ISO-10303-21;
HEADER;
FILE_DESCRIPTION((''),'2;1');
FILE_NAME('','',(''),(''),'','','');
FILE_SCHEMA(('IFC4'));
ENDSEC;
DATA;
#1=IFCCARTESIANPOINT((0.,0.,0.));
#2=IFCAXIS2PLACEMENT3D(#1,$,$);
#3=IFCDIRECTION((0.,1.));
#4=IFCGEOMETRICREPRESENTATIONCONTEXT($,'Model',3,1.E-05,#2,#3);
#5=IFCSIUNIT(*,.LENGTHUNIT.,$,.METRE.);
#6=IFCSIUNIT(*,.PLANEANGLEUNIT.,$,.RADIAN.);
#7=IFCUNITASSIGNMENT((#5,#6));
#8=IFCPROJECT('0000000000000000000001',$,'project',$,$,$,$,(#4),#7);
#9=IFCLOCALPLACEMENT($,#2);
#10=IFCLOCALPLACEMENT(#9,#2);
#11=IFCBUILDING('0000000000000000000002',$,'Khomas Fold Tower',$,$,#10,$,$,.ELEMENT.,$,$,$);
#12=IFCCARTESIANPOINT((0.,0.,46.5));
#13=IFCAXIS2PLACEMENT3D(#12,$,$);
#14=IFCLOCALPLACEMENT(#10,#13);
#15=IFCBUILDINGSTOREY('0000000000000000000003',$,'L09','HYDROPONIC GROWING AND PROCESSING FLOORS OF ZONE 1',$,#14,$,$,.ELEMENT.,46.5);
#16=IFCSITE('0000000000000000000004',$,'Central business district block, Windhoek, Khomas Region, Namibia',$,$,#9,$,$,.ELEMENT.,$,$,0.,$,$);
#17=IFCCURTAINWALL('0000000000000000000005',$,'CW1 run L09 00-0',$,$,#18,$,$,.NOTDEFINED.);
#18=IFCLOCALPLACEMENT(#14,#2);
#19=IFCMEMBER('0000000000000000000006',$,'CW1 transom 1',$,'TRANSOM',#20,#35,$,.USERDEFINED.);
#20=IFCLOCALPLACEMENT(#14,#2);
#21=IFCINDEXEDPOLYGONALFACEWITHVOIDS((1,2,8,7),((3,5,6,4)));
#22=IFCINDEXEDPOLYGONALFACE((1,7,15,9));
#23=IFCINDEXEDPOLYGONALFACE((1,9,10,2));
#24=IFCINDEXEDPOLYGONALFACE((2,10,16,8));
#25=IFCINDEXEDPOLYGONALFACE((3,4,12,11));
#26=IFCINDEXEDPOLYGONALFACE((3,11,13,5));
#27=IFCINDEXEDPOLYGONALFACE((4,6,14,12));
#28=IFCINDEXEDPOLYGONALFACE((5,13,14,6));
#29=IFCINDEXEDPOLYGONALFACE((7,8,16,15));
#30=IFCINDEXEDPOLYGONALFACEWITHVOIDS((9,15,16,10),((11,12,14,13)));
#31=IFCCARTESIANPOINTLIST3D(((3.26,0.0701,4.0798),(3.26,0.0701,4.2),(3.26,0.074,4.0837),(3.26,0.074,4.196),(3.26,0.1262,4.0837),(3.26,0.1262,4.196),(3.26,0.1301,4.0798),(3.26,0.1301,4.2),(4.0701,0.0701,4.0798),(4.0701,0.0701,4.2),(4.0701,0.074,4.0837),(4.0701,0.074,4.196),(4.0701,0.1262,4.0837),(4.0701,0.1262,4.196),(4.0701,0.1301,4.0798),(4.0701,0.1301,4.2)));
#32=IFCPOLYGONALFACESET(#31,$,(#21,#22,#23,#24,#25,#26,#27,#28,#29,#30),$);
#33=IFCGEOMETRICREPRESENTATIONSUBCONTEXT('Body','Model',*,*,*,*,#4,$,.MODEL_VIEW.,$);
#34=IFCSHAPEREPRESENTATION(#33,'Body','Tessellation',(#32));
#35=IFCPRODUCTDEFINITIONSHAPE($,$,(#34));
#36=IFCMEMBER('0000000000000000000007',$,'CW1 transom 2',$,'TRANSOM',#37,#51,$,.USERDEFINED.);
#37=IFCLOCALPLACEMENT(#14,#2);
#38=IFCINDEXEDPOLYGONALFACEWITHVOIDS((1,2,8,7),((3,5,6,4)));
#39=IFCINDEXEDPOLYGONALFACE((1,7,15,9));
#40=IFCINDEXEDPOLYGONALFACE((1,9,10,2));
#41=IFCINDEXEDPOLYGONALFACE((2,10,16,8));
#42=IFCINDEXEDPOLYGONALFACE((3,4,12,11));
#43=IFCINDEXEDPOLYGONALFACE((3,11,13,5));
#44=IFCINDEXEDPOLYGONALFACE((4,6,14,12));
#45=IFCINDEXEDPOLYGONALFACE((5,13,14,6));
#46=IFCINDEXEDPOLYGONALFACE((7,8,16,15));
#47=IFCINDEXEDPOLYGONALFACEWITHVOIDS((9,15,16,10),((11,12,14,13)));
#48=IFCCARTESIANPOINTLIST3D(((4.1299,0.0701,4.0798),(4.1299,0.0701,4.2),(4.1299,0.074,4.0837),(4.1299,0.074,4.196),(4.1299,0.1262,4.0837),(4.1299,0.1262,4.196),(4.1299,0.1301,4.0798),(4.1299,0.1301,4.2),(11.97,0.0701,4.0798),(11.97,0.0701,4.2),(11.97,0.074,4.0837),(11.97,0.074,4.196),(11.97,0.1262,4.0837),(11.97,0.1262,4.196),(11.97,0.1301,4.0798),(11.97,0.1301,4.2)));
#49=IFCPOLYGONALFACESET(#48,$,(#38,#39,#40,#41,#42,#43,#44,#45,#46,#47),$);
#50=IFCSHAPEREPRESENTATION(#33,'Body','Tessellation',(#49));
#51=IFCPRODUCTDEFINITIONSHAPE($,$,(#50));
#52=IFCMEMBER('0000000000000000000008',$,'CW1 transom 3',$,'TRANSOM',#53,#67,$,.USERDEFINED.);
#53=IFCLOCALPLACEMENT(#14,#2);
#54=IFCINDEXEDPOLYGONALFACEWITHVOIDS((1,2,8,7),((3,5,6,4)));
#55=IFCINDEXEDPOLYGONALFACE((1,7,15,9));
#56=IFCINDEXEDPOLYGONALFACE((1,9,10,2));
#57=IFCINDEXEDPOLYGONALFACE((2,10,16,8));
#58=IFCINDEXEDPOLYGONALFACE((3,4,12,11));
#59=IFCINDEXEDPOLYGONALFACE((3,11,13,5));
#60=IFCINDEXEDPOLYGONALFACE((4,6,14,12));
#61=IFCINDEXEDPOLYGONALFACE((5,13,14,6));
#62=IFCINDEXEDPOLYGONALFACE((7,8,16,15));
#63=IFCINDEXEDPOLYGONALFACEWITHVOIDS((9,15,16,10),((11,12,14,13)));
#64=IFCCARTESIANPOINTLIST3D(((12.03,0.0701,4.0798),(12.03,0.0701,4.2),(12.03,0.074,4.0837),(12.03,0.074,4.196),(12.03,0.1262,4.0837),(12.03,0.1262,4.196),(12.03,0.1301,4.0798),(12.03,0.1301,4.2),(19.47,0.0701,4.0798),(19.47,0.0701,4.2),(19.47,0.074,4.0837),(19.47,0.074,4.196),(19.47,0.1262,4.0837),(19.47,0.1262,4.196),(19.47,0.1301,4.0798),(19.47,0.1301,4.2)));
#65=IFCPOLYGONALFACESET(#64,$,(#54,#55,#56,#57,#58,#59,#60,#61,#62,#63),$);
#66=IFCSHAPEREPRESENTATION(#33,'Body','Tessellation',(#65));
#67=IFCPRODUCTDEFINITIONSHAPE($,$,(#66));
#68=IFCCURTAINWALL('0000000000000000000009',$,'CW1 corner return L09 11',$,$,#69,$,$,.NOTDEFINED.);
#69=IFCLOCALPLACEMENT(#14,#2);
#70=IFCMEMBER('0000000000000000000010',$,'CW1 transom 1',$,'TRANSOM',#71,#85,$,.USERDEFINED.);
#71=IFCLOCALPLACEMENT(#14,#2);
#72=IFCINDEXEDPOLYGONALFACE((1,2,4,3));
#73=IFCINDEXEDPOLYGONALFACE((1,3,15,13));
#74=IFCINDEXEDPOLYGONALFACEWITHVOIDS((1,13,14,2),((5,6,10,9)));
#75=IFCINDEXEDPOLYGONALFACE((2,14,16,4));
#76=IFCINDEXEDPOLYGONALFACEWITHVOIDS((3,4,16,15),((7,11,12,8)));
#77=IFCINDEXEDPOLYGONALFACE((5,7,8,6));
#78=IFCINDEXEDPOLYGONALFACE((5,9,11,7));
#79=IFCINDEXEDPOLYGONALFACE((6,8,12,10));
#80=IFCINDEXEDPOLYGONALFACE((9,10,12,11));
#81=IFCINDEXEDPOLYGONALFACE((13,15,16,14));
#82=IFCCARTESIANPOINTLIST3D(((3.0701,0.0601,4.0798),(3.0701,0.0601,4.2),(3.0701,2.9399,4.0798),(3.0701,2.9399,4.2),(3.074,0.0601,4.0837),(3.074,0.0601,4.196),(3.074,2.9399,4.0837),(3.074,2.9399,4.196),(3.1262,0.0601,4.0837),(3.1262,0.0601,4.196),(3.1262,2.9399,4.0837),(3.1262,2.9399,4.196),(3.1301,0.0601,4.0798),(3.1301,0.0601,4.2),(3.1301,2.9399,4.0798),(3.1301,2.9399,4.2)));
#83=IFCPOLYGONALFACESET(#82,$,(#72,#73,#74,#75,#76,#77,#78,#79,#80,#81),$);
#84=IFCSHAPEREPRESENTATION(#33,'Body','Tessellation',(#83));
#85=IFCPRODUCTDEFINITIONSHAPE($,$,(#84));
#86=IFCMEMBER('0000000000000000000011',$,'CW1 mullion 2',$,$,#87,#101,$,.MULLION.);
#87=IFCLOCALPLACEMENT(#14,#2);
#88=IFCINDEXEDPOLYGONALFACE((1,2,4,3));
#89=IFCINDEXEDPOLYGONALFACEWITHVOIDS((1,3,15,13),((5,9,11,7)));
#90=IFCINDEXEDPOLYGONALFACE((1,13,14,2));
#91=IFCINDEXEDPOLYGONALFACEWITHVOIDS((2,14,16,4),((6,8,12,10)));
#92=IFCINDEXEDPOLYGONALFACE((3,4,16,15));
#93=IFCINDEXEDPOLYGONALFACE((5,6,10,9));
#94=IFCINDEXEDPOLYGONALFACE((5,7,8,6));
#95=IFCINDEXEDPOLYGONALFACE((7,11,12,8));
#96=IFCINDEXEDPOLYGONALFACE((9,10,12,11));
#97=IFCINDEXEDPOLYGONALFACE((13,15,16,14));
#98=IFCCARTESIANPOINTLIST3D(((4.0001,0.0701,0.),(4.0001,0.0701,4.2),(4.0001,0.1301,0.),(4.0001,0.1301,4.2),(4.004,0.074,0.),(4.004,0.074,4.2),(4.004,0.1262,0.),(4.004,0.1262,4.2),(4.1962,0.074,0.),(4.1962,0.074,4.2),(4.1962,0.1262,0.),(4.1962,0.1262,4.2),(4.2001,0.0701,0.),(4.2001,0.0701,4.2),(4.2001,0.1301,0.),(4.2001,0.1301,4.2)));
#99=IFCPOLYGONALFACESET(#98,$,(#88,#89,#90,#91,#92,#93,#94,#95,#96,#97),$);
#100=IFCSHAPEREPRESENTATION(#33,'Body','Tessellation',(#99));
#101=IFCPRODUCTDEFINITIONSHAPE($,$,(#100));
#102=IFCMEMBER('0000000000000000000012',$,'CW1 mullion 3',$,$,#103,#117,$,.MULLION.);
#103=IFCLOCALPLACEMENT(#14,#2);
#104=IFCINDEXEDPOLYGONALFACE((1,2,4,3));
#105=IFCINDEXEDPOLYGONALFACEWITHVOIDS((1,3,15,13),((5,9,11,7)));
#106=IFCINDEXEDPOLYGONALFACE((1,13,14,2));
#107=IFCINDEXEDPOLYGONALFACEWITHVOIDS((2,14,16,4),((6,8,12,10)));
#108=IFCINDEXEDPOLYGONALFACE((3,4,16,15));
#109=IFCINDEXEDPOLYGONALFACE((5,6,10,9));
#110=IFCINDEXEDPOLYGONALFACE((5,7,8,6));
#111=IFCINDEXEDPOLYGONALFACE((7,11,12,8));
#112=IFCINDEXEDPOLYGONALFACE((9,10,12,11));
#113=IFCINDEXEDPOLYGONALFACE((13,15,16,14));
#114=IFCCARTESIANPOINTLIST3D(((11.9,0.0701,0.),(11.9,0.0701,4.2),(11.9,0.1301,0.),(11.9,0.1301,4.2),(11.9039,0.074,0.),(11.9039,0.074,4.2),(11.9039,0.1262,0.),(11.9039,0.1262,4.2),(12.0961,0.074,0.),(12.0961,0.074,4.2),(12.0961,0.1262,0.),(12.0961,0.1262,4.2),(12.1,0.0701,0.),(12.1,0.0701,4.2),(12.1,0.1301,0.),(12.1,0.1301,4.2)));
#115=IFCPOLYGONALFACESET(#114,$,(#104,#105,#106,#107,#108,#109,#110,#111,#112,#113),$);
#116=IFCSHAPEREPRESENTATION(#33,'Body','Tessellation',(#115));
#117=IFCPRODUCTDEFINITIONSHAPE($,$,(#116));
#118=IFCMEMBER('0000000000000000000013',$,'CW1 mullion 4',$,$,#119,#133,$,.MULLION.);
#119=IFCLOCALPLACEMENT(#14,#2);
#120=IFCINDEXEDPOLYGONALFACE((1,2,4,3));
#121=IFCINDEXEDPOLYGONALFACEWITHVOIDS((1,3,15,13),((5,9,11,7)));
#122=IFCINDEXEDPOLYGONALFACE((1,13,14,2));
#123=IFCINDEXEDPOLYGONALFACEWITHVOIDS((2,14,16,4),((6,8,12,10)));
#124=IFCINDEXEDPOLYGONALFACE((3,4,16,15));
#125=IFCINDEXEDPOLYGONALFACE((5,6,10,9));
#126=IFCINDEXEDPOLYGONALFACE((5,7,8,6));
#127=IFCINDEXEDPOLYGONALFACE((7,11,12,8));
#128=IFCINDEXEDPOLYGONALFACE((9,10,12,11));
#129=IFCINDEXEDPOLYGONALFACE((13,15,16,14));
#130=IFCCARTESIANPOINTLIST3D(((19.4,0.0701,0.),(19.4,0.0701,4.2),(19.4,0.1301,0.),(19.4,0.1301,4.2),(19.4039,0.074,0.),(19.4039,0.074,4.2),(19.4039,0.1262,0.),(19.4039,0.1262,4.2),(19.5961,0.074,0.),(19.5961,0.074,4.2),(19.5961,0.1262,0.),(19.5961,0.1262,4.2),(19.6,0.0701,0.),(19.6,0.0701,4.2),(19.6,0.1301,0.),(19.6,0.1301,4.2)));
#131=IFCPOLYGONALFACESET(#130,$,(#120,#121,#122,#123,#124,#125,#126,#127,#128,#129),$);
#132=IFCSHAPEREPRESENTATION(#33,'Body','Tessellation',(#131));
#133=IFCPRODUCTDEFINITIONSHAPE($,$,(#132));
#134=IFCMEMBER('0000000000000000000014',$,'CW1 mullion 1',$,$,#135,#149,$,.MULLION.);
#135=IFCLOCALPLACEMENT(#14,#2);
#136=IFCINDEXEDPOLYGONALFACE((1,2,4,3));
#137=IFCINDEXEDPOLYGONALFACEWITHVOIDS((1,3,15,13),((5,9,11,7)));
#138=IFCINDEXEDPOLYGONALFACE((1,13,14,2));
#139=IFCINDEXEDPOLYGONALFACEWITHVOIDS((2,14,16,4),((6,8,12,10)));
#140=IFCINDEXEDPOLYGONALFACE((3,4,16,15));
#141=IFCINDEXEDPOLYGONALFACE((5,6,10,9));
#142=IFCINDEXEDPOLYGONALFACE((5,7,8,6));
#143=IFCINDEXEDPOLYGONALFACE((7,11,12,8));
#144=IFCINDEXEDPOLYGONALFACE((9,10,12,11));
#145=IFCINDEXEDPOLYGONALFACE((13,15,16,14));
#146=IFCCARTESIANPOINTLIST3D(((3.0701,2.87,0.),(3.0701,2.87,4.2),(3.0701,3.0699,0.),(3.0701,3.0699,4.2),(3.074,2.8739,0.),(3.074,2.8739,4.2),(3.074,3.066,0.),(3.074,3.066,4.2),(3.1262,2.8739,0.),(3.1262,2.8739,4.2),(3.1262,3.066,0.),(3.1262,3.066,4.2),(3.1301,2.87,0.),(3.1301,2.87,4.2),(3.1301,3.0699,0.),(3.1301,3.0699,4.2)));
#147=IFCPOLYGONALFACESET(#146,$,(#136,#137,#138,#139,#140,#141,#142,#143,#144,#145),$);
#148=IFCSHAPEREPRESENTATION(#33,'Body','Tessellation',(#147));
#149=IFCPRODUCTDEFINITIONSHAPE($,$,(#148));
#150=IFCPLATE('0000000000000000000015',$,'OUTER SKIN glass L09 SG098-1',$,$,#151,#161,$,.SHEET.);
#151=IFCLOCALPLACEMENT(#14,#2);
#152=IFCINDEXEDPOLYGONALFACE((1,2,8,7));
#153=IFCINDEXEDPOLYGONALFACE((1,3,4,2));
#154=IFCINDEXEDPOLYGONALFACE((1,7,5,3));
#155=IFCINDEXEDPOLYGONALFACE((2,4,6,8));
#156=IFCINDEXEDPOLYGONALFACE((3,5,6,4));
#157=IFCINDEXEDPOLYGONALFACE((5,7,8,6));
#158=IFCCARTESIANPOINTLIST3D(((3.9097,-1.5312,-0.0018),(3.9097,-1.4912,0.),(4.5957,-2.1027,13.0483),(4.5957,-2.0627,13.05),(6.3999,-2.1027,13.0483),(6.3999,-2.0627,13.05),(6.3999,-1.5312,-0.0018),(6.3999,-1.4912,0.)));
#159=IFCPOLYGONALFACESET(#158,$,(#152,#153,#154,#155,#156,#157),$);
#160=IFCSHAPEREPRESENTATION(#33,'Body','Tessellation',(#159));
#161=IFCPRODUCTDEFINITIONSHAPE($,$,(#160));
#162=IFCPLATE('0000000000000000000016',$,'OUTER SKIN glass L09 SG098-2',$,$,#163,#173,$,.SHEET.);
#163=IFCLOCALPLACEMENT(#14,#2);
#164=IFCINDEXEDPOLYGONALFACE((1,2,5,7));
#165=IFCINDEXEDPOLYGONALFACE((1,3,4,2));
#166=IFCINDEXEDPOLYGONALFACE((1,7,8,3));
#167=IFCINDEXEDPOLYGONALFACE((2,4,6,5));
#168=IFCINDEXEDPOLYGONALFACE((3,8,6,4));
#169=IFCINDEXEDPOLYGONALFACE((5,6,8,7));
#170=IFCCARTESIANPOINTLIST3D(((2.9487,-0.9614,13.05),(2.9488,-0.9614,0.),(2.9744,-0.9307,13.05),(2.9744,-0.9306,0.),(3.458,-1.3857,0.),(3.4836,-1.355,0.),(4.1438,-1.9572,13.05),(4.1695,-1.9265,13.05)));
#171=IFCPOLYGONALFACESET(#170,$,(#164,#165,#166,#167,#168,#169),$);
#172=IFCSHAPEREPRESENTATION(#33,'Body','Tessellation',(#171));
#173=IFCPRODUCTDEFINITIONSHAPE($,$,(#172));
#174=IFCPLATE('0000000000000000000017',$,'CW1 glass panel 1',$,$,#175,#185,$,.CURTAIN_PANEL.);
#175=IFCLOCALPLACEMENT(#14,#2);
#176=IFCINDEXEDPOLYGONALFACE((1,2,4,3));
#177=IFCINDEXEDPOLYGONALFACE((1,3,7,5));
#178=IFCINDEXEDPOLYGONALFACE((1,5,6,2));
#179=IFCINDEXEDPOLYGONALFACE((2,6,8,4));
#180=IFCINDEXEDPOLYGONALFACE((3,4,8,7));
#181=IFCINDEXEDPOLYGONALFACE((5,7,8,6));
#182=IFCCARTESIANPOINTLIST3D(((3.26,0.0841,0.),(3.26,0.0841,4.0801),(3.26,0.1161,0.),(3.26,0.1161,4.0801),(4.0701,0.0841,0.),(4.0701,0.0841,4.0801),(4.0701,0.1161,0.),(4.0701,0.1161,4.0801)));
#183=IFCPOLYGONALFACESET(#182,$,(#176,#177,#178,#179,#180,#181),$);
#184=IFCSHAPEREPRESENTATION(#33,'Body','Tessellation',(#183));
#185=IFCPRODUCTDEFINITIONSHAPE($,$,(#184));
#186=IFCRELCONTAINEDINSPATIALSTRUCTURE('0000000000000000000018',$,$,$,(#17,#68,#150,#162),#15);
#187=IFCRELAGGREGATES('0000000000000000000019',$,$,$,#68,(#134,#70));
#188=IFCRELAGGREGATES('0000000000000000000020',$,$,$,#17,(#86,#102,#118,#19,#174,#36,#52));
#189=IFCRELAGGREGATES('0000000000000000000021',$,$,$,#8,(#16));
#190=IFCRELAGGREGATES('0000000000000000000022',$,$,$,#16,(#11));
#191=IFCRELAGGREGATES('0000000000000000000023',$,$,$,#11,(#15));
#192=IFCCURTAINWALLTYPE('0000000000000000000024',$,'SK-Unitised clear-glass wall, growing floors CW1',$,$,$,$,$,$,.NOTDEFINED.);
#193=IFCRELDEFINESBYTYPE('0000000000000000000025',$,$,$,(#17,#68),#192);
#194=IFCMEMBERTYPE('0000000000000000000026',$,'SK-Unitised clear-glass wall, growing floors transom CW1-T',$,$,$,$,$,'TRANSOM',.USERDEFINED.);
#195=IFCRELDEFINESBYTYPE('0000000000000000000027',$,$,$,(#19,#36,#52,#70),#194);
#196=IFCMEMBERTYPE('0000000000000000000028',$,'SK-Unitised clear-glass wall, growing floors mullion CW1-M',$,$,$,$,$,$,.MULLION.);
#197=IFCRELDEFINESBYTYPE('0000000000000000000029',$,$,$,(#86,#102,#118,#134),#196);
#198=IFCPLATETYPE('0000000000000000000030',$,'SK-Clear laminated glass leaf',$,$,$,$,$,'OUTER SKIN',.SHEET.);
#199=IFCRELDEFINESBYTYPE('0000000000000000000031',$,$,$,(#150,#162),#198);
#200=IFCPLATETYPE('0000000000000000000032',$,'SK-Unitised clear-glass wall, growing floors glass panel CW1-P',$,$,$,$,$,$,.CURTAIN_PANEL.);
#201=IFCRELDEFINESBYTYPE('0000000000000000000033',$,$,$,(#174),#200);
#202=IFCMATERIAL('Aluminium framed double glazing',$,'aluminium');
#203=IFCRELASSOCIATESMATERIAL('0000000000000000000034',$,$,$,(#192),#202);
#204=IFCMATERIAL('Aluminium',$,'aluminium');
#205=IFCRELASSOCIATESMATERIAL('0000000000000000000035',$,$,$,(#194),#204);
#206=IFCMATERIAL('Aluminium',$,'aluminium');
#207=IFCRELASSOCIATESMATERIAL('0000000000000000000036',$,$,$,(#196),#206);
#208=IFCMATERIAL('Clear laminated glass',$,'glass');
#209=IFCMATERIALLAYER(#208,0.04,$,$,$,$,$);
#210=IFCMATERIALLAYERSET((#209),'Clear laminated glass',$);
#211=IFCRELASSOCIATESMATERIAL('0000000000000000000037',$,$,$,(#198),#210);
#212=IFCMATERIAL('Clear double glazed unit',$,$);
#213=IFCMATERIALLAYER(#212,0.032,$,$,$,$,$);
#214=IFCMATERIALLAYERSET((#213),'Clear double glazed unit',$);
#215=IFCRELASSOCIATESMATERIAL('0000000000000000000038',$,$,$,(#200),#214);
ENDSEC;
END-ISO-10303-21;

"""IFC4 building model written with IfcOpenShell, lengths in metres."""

from ifc_helpers import new_model, si_unit, direction, frame, origin, origin_2d, place, context, subcontext, project, spatial, polyline, rectangle, hollow_rectangle, outline, extrude, source, transform, mapped, material, layer, layer_set, material_profile, profile_set, type_object, element, aggregate, save


model = new_model("IFC4")

# Units and contexts
model_context = context("Model", 3, precision=1e-05, world=origin(), true_north=direction((0.0, 1.0)))
body_context = subcontext(model_context, "Body", "Model", "MODEL_VIEW")
ifc_project = project(units=[si_unit("LENGTHUNIT", "METRE"), si_unit("PLANEANGLEUNIT", "RADIAN")], contexts=[model_context])

# Site, building, storey
site_placement = place(None, origin())
site = spatial("IfcSite", under=ifc_project, at=site_placement, Name="Central business district block, Windhoek, Khomas Region, Namibia", CompositionType="ELEMENT", RefElevation=0.0)
building_placement = place(site_placement, origin())
building = spatial("IfcBuilding", under=site, at=building_placement, Name="Khomas Fold Tower", CompositionType="ELEMENT")
storey_placement = place(building_placement, frame((0.0, 0.0, 46.5)))
storey = spatial("IfcBuildingStorey", under=building, at=storey_placement, Name="L09", Description="HYDROPONIC GROWING AND PROCESSING FLOORS OF ZONE 1", CompositionType="ELEMENT", Elevation=46.5)

# Curtain wall, members
ifc_material_1 = material(Name="Aluminium framed double glazing", Category="aluminium")
curtain_wall_type = type_object("IfcCurtainWallType", Name="SK-Unitised clear-glass wall, growing floors CW1", PredefinedType="NOTDEFINED", material=ifc_material_1)
curtain_wall_1_placement = place(storey_placement, origin())
curtain_wall_1 = element("IfcCurtainWall", 1, at=curtain_wall_1_placement, inside=storey, type_object=curtain_wall_type, Name="CW1 run L09 00-0", PredefinedType="NOTDEFINED")
ifc_material_2 = material(Name="Aluminium", Category="aluminium")
ifc_material_profile_1 = material_profile(ifc_material_2, hollow_rectangle(XDim=0.0601, YDim=0.1201, WallThickness=0.0039, at=origin_2d()), Name="SK-Unitised clear-glass wall, growing floors transom CW1-T")
ifc_profile_set_1 = profile_set([ifc_material_profile_1], Name="Aluminium")
member_type_1 = type_object("IfcMemberType", Name="SK-Unitised clear-glass wall, growing floors transom CW1-T", ElementType="TRANSOM", PredefinedType="USERDEFINED", material=ifc_profile_set_1)
shared_shape_1 = source(origin(), body_context, "Body", "SweptSolid", [
    extrude(hollow_rectangle(XDim=0.0601, YDim=0.1201, WallThickness=0.0039, at=origin_2d()), origin(), (0.0, 0.0, 1.0), 0.8101),
])
member_1_placement = place(storey_placement, frame((3.26, 0.1001, 4.1399), z_axis=(1.0, 0.0, 0.0), x_axis=(0.0, 1.0, 0.0)))
member_1 = element("IfcMember", 2, at=member_1_placement, type_object=member_type_1, Name="CW1 transom 1", ObjectType="TRANSOM", PredefinedType="USERDEFINED", context=body_context, shape_type="MappedRepresentation", body=[
    mapped(shared_shape_1, transform((0.0, 0.0, 0.0))),
])
shared_shape_2 = source(origin(), body_context, "Body", "SweptSolid", [
    extrude(hollow_rectangle(XDim=0.0601, YDim=0.1201, WallThickness=0.0039, at=origin_2d()), origin(), (0.0, 0.0, 1.0), 7.8401),
])
member_2_placement = place(storey_placement, frame((4.1299, 0.1001, 4.1399), z_axis=(1.0, 0.0, 0.0), x_axis=(0.0, 1.0, 0.0)))
member_2 = element("IfcMember", 3, at=member_2_placement, type_object=member_type_1, Name="CW1 transom 2", ObjectType="TRANSOM", PredefinedType="USERDEFINED", context=body_context, shape_type="MappedRepresentation", body=[
    mapped(shared_shape_2, transform((0.0, 0.0, 0.0))),
])
shared_shape_3 = source(origin(), body_context, "Body", "SweptSolid", [
    extrude(hollow_rectangle(XDim=0.0601, YDim=0.1201, WallThickness=0.0039, at=origin_2d()), origin(), (0.0, 0.0, 1.0), 7.4399),
])
member_3_placement = place(storey_placement, frame((12.03, 0.1001, 4.1399), z_axis=(1.0, 0.0, 0.0), x_axis=(0.0, 1.0, 0.0)))
member_3 = element("IfcMember", 4, at=member_3_placement, type_object=member_type_1, Name="CW1 transom 3", ObjectType="TRANSOM", PredefinedType="USERDEFINED", context=body_context, shape_type="MappedRepresentation", body=[
    mapped(shared_shape_3, transform((0.0, 0.0, 0.0))),
])

# Curtain wall, member
curtain_wall_2_placement = place(storey_placement, origin())
curtain_wall_2 = element("IfcCurtainWall", 5, at=curtain_wall_2_placement, inside=storey, type_object=curtain_wall_type, Name="CW1 corner return L09 11", PredefinedType="NOTDEFINED")
shared_shape_4 = source(origin(), body_context, "Body", "SweptSolid", [
    extrude(hollow_rectangle(XDim=0.0601, YDim=0.1201, WallThickness=0.0039, at=origin_2d()), origin(), (0.0, 0.0, 1.0), 2.8799),
])
member_4_placement = place(storey_placement, frame((3.1001, 2.9399, 4.1399), z_axis=(0.0, -1.0, 0.0), x_axis=(1.0, 0.0, 0.0)))
member_4 = element("IfcMember", 6, at=member_4_placement, type_object=member_type_1, Name="CW1 transom 1", ObjectType="TRANSOM", PredefinedType="USERDEFINED", context=body_context, shape_type="MappedRepresentation", body=[
    mapped(shared_shape_4, transform((0.0, 0.0, 0.0))),
])

# Members
ifc_material_3 = material(Name="Aluminium", Category="aluminium")
ifc_material_profile_2 = material_profile(ifc_material_3, hollow_rectangle(XDim=0.0601, YDim=0.2, WallThickness=0.0039, at=origin_2d()), Name="SK-Unitised clear-glass wall, growing floors mullion CW1-M")
ifc_profile_set_2 = profile_set([ifc_material_profile_2], Name="Aluminium")
member_type_2 = type_object("IfcMemberType", Name="SK-Unitised clear-glass wall, growing floors mullion CW1-M", PredefinedType="MULLION", material=ifc_profile_set_2)
shared_shape_5 = source(origin(), body_context, "Body", "SweptSolid", [
    extrude(hollow_rectangle(XDim=0.0601, YDim=0.2, WallThickness=0.0039, at=origin_2d()), origin(), (0.0, 0.0, 1.0), 4.2),
])
member_5_placement = place(storey_placement, frame((4.1001, 0.1001, 0.0), z_axis=(0.0, 0.0, 1.0), x_axis=(0.0, 1.0, 0.0)))
member_5 = element("IfcMember", 7, at=member_5_placement, type_object=member_type_2, Name="CW1 mullion 2", PredefinedType="MULLION", context=body_context, shape_type="MappedRepresentation", body=[
    mapped(shared_shape_5, transform((0.0, 0.0, 0.0))),
])
member_6_placement = place(storey_placement, frame((12.0, 0.1001, 0.0), z_axis=(0.0, 0.0, 1.0), x_axis=(0.0, 1.0, 0.0)))
member_6 = element("IfcMember", 8, at=member_6_placement, type_object=member_type_2, Name="CW1 mullion 3", PredefinedType="MULLION", context=body_context, shape_type="MappedRepresentation", body=[
    mapped(shared_shape_5, transform((0.0, 0.0, 0.0))),
])
member_7_placement = place(storey_placement, frame((19.5, 0.1001, 0.0), z_axis=(0.0, 0.0, 1.0), x_axis=(0.0, 1.0, 0.0)))
member_7 = element("IfcMember", 9, at=member_7_placement, type_object=member_type_2, Name="CW1 mullion 4", PredefinedType="MULLION", context=body_context, shape_type="MappedRepresentation", body=[
    mapped(shared_shape_5, transform((0.0, 0.0, 0.0))),
])
member_8_placement = place(storey_placement, frame((3.1001, 2.97, 0.0), z_axis=(0.0, 0.0, 1.0), x_axis=(1.0, 0.0, 0.0)))
member_8 = element("IfcMember", 10, at=member_8_placement, type_object=member_type_2, Name="CW1 mullion 1", PredefinedType="MULLION", context=body_context, shape_type="MappedRepresentation", body=[
    mapped(shared_shape_5, transform((0.0, 0.0, 0.0))),
])
aggregate(curtain_wall_2, [member_8, member_4])

# Plates
ifc_material_4 = material(Name="Clear laminated glass", Category="glass")
ifc_layer_1 = layer(ifc_material_4, 0.04)
ifc_layer_set_1 = layer_set([ifc_layer_1], Name="Clear laminated glass")
plate_type_1 = type_object("IfcPlateType", Name="SK-Clear laminated glass leaf", ElementType="OUTER SKIN", PredefinedType="SHEET", material=ifc_layer_set_1)
plate_1_placement = place(storey_placement, frame((6.3999, -1.4912, 0.0), z_axis=(0.0, 0.999042, 0.043754), x_axis=(-1.0, 0.0, 0.0)))
element("IfcPlate", 11, at=plate_1_placement, inside=storey, type_object=plate_type_1, Name="OUTER SKIN glass L09 SG098-1", PredefinedType="SHEET", context=body_context, shape_type="SweptSolid", body=[
    extrude(outline(polyline([(0.0, 0.0), (2.4902, 0.0), (1.8042, 13.0626), (0.0, 13.0626), (0.0, 0.0)])), origin(), (0.0, 0.0, -1.0), 0.04),
])
plate_2_placement = place(storey_placement, frame((3.4836, -1.355, 0.0), z_axis=(0.640152, 0.768248, 0.000003), x_axis=(-0.768248, 0.640152, 0.0)))
element("IfcPlate", 12, at=plate_2_placement, inside=storey, type_object=plate_type_1, Name="OUTER SKIN glass L09 SG098-2", PredefinedType="SHEET", context=body_context, shape_type="SweptSolid", body=[
    extrude(outline(polyline([(0.0, 0.0), (0.6629, 0.0), (0.6629, 13.05), (-0.8927, 13.05), (0.0, 0.0)])), origin(), (0.0, 0.0, -1.0), 0.04),
])

# Plate
ifc_material_5 = material(Name="Clear double glazed unit")
ifc_layer_2 = layer(ifc_material_5, 0.032)
ifc_layer_set_2 = layer_set([ifc_layer_2], Name="Clear double glazed unit")
plate_type_2 = type_object("IfcPlateType", Name="SK-Unitised clear-glass wall, growing floors glass panel CW1-P", PredefinedType="CURTAIN_PANEL", material=ifc_layer_set_2)
shared_shape_6 = source(origin(), body_context, "Body", "SweptSolid", [
    extrude(rectangle(XDim=0.8101, YDim=0.032, at=origin_2d()), origin(), (0.0, 0.0, 1.0), 4.0801),
])
plate_3_placement = place(storey_placement, frame((3.665, 0.1001, 0.0), z_axis=(0.0, 0.0, 1.0), x_axis=(1.0, 0.0, 0.0)))
plate_3 = element("IfcPlate", 13, at=plate_3_placement, type_object=plate_type_2, Name="CW1 glass panel 1", PredefinedType="CURTAIN_PANEL", context=body_context, shape_type="MappedRepresentation", body=[
    mapped(shared_shape_6, transform((0.0, 0.0, 0.0))),
])
aggregate(curtain_wall_1, [member_5, member_6, member_7, member_1, plate_3, member_2, member_3])

save(model, "model.ifc")
